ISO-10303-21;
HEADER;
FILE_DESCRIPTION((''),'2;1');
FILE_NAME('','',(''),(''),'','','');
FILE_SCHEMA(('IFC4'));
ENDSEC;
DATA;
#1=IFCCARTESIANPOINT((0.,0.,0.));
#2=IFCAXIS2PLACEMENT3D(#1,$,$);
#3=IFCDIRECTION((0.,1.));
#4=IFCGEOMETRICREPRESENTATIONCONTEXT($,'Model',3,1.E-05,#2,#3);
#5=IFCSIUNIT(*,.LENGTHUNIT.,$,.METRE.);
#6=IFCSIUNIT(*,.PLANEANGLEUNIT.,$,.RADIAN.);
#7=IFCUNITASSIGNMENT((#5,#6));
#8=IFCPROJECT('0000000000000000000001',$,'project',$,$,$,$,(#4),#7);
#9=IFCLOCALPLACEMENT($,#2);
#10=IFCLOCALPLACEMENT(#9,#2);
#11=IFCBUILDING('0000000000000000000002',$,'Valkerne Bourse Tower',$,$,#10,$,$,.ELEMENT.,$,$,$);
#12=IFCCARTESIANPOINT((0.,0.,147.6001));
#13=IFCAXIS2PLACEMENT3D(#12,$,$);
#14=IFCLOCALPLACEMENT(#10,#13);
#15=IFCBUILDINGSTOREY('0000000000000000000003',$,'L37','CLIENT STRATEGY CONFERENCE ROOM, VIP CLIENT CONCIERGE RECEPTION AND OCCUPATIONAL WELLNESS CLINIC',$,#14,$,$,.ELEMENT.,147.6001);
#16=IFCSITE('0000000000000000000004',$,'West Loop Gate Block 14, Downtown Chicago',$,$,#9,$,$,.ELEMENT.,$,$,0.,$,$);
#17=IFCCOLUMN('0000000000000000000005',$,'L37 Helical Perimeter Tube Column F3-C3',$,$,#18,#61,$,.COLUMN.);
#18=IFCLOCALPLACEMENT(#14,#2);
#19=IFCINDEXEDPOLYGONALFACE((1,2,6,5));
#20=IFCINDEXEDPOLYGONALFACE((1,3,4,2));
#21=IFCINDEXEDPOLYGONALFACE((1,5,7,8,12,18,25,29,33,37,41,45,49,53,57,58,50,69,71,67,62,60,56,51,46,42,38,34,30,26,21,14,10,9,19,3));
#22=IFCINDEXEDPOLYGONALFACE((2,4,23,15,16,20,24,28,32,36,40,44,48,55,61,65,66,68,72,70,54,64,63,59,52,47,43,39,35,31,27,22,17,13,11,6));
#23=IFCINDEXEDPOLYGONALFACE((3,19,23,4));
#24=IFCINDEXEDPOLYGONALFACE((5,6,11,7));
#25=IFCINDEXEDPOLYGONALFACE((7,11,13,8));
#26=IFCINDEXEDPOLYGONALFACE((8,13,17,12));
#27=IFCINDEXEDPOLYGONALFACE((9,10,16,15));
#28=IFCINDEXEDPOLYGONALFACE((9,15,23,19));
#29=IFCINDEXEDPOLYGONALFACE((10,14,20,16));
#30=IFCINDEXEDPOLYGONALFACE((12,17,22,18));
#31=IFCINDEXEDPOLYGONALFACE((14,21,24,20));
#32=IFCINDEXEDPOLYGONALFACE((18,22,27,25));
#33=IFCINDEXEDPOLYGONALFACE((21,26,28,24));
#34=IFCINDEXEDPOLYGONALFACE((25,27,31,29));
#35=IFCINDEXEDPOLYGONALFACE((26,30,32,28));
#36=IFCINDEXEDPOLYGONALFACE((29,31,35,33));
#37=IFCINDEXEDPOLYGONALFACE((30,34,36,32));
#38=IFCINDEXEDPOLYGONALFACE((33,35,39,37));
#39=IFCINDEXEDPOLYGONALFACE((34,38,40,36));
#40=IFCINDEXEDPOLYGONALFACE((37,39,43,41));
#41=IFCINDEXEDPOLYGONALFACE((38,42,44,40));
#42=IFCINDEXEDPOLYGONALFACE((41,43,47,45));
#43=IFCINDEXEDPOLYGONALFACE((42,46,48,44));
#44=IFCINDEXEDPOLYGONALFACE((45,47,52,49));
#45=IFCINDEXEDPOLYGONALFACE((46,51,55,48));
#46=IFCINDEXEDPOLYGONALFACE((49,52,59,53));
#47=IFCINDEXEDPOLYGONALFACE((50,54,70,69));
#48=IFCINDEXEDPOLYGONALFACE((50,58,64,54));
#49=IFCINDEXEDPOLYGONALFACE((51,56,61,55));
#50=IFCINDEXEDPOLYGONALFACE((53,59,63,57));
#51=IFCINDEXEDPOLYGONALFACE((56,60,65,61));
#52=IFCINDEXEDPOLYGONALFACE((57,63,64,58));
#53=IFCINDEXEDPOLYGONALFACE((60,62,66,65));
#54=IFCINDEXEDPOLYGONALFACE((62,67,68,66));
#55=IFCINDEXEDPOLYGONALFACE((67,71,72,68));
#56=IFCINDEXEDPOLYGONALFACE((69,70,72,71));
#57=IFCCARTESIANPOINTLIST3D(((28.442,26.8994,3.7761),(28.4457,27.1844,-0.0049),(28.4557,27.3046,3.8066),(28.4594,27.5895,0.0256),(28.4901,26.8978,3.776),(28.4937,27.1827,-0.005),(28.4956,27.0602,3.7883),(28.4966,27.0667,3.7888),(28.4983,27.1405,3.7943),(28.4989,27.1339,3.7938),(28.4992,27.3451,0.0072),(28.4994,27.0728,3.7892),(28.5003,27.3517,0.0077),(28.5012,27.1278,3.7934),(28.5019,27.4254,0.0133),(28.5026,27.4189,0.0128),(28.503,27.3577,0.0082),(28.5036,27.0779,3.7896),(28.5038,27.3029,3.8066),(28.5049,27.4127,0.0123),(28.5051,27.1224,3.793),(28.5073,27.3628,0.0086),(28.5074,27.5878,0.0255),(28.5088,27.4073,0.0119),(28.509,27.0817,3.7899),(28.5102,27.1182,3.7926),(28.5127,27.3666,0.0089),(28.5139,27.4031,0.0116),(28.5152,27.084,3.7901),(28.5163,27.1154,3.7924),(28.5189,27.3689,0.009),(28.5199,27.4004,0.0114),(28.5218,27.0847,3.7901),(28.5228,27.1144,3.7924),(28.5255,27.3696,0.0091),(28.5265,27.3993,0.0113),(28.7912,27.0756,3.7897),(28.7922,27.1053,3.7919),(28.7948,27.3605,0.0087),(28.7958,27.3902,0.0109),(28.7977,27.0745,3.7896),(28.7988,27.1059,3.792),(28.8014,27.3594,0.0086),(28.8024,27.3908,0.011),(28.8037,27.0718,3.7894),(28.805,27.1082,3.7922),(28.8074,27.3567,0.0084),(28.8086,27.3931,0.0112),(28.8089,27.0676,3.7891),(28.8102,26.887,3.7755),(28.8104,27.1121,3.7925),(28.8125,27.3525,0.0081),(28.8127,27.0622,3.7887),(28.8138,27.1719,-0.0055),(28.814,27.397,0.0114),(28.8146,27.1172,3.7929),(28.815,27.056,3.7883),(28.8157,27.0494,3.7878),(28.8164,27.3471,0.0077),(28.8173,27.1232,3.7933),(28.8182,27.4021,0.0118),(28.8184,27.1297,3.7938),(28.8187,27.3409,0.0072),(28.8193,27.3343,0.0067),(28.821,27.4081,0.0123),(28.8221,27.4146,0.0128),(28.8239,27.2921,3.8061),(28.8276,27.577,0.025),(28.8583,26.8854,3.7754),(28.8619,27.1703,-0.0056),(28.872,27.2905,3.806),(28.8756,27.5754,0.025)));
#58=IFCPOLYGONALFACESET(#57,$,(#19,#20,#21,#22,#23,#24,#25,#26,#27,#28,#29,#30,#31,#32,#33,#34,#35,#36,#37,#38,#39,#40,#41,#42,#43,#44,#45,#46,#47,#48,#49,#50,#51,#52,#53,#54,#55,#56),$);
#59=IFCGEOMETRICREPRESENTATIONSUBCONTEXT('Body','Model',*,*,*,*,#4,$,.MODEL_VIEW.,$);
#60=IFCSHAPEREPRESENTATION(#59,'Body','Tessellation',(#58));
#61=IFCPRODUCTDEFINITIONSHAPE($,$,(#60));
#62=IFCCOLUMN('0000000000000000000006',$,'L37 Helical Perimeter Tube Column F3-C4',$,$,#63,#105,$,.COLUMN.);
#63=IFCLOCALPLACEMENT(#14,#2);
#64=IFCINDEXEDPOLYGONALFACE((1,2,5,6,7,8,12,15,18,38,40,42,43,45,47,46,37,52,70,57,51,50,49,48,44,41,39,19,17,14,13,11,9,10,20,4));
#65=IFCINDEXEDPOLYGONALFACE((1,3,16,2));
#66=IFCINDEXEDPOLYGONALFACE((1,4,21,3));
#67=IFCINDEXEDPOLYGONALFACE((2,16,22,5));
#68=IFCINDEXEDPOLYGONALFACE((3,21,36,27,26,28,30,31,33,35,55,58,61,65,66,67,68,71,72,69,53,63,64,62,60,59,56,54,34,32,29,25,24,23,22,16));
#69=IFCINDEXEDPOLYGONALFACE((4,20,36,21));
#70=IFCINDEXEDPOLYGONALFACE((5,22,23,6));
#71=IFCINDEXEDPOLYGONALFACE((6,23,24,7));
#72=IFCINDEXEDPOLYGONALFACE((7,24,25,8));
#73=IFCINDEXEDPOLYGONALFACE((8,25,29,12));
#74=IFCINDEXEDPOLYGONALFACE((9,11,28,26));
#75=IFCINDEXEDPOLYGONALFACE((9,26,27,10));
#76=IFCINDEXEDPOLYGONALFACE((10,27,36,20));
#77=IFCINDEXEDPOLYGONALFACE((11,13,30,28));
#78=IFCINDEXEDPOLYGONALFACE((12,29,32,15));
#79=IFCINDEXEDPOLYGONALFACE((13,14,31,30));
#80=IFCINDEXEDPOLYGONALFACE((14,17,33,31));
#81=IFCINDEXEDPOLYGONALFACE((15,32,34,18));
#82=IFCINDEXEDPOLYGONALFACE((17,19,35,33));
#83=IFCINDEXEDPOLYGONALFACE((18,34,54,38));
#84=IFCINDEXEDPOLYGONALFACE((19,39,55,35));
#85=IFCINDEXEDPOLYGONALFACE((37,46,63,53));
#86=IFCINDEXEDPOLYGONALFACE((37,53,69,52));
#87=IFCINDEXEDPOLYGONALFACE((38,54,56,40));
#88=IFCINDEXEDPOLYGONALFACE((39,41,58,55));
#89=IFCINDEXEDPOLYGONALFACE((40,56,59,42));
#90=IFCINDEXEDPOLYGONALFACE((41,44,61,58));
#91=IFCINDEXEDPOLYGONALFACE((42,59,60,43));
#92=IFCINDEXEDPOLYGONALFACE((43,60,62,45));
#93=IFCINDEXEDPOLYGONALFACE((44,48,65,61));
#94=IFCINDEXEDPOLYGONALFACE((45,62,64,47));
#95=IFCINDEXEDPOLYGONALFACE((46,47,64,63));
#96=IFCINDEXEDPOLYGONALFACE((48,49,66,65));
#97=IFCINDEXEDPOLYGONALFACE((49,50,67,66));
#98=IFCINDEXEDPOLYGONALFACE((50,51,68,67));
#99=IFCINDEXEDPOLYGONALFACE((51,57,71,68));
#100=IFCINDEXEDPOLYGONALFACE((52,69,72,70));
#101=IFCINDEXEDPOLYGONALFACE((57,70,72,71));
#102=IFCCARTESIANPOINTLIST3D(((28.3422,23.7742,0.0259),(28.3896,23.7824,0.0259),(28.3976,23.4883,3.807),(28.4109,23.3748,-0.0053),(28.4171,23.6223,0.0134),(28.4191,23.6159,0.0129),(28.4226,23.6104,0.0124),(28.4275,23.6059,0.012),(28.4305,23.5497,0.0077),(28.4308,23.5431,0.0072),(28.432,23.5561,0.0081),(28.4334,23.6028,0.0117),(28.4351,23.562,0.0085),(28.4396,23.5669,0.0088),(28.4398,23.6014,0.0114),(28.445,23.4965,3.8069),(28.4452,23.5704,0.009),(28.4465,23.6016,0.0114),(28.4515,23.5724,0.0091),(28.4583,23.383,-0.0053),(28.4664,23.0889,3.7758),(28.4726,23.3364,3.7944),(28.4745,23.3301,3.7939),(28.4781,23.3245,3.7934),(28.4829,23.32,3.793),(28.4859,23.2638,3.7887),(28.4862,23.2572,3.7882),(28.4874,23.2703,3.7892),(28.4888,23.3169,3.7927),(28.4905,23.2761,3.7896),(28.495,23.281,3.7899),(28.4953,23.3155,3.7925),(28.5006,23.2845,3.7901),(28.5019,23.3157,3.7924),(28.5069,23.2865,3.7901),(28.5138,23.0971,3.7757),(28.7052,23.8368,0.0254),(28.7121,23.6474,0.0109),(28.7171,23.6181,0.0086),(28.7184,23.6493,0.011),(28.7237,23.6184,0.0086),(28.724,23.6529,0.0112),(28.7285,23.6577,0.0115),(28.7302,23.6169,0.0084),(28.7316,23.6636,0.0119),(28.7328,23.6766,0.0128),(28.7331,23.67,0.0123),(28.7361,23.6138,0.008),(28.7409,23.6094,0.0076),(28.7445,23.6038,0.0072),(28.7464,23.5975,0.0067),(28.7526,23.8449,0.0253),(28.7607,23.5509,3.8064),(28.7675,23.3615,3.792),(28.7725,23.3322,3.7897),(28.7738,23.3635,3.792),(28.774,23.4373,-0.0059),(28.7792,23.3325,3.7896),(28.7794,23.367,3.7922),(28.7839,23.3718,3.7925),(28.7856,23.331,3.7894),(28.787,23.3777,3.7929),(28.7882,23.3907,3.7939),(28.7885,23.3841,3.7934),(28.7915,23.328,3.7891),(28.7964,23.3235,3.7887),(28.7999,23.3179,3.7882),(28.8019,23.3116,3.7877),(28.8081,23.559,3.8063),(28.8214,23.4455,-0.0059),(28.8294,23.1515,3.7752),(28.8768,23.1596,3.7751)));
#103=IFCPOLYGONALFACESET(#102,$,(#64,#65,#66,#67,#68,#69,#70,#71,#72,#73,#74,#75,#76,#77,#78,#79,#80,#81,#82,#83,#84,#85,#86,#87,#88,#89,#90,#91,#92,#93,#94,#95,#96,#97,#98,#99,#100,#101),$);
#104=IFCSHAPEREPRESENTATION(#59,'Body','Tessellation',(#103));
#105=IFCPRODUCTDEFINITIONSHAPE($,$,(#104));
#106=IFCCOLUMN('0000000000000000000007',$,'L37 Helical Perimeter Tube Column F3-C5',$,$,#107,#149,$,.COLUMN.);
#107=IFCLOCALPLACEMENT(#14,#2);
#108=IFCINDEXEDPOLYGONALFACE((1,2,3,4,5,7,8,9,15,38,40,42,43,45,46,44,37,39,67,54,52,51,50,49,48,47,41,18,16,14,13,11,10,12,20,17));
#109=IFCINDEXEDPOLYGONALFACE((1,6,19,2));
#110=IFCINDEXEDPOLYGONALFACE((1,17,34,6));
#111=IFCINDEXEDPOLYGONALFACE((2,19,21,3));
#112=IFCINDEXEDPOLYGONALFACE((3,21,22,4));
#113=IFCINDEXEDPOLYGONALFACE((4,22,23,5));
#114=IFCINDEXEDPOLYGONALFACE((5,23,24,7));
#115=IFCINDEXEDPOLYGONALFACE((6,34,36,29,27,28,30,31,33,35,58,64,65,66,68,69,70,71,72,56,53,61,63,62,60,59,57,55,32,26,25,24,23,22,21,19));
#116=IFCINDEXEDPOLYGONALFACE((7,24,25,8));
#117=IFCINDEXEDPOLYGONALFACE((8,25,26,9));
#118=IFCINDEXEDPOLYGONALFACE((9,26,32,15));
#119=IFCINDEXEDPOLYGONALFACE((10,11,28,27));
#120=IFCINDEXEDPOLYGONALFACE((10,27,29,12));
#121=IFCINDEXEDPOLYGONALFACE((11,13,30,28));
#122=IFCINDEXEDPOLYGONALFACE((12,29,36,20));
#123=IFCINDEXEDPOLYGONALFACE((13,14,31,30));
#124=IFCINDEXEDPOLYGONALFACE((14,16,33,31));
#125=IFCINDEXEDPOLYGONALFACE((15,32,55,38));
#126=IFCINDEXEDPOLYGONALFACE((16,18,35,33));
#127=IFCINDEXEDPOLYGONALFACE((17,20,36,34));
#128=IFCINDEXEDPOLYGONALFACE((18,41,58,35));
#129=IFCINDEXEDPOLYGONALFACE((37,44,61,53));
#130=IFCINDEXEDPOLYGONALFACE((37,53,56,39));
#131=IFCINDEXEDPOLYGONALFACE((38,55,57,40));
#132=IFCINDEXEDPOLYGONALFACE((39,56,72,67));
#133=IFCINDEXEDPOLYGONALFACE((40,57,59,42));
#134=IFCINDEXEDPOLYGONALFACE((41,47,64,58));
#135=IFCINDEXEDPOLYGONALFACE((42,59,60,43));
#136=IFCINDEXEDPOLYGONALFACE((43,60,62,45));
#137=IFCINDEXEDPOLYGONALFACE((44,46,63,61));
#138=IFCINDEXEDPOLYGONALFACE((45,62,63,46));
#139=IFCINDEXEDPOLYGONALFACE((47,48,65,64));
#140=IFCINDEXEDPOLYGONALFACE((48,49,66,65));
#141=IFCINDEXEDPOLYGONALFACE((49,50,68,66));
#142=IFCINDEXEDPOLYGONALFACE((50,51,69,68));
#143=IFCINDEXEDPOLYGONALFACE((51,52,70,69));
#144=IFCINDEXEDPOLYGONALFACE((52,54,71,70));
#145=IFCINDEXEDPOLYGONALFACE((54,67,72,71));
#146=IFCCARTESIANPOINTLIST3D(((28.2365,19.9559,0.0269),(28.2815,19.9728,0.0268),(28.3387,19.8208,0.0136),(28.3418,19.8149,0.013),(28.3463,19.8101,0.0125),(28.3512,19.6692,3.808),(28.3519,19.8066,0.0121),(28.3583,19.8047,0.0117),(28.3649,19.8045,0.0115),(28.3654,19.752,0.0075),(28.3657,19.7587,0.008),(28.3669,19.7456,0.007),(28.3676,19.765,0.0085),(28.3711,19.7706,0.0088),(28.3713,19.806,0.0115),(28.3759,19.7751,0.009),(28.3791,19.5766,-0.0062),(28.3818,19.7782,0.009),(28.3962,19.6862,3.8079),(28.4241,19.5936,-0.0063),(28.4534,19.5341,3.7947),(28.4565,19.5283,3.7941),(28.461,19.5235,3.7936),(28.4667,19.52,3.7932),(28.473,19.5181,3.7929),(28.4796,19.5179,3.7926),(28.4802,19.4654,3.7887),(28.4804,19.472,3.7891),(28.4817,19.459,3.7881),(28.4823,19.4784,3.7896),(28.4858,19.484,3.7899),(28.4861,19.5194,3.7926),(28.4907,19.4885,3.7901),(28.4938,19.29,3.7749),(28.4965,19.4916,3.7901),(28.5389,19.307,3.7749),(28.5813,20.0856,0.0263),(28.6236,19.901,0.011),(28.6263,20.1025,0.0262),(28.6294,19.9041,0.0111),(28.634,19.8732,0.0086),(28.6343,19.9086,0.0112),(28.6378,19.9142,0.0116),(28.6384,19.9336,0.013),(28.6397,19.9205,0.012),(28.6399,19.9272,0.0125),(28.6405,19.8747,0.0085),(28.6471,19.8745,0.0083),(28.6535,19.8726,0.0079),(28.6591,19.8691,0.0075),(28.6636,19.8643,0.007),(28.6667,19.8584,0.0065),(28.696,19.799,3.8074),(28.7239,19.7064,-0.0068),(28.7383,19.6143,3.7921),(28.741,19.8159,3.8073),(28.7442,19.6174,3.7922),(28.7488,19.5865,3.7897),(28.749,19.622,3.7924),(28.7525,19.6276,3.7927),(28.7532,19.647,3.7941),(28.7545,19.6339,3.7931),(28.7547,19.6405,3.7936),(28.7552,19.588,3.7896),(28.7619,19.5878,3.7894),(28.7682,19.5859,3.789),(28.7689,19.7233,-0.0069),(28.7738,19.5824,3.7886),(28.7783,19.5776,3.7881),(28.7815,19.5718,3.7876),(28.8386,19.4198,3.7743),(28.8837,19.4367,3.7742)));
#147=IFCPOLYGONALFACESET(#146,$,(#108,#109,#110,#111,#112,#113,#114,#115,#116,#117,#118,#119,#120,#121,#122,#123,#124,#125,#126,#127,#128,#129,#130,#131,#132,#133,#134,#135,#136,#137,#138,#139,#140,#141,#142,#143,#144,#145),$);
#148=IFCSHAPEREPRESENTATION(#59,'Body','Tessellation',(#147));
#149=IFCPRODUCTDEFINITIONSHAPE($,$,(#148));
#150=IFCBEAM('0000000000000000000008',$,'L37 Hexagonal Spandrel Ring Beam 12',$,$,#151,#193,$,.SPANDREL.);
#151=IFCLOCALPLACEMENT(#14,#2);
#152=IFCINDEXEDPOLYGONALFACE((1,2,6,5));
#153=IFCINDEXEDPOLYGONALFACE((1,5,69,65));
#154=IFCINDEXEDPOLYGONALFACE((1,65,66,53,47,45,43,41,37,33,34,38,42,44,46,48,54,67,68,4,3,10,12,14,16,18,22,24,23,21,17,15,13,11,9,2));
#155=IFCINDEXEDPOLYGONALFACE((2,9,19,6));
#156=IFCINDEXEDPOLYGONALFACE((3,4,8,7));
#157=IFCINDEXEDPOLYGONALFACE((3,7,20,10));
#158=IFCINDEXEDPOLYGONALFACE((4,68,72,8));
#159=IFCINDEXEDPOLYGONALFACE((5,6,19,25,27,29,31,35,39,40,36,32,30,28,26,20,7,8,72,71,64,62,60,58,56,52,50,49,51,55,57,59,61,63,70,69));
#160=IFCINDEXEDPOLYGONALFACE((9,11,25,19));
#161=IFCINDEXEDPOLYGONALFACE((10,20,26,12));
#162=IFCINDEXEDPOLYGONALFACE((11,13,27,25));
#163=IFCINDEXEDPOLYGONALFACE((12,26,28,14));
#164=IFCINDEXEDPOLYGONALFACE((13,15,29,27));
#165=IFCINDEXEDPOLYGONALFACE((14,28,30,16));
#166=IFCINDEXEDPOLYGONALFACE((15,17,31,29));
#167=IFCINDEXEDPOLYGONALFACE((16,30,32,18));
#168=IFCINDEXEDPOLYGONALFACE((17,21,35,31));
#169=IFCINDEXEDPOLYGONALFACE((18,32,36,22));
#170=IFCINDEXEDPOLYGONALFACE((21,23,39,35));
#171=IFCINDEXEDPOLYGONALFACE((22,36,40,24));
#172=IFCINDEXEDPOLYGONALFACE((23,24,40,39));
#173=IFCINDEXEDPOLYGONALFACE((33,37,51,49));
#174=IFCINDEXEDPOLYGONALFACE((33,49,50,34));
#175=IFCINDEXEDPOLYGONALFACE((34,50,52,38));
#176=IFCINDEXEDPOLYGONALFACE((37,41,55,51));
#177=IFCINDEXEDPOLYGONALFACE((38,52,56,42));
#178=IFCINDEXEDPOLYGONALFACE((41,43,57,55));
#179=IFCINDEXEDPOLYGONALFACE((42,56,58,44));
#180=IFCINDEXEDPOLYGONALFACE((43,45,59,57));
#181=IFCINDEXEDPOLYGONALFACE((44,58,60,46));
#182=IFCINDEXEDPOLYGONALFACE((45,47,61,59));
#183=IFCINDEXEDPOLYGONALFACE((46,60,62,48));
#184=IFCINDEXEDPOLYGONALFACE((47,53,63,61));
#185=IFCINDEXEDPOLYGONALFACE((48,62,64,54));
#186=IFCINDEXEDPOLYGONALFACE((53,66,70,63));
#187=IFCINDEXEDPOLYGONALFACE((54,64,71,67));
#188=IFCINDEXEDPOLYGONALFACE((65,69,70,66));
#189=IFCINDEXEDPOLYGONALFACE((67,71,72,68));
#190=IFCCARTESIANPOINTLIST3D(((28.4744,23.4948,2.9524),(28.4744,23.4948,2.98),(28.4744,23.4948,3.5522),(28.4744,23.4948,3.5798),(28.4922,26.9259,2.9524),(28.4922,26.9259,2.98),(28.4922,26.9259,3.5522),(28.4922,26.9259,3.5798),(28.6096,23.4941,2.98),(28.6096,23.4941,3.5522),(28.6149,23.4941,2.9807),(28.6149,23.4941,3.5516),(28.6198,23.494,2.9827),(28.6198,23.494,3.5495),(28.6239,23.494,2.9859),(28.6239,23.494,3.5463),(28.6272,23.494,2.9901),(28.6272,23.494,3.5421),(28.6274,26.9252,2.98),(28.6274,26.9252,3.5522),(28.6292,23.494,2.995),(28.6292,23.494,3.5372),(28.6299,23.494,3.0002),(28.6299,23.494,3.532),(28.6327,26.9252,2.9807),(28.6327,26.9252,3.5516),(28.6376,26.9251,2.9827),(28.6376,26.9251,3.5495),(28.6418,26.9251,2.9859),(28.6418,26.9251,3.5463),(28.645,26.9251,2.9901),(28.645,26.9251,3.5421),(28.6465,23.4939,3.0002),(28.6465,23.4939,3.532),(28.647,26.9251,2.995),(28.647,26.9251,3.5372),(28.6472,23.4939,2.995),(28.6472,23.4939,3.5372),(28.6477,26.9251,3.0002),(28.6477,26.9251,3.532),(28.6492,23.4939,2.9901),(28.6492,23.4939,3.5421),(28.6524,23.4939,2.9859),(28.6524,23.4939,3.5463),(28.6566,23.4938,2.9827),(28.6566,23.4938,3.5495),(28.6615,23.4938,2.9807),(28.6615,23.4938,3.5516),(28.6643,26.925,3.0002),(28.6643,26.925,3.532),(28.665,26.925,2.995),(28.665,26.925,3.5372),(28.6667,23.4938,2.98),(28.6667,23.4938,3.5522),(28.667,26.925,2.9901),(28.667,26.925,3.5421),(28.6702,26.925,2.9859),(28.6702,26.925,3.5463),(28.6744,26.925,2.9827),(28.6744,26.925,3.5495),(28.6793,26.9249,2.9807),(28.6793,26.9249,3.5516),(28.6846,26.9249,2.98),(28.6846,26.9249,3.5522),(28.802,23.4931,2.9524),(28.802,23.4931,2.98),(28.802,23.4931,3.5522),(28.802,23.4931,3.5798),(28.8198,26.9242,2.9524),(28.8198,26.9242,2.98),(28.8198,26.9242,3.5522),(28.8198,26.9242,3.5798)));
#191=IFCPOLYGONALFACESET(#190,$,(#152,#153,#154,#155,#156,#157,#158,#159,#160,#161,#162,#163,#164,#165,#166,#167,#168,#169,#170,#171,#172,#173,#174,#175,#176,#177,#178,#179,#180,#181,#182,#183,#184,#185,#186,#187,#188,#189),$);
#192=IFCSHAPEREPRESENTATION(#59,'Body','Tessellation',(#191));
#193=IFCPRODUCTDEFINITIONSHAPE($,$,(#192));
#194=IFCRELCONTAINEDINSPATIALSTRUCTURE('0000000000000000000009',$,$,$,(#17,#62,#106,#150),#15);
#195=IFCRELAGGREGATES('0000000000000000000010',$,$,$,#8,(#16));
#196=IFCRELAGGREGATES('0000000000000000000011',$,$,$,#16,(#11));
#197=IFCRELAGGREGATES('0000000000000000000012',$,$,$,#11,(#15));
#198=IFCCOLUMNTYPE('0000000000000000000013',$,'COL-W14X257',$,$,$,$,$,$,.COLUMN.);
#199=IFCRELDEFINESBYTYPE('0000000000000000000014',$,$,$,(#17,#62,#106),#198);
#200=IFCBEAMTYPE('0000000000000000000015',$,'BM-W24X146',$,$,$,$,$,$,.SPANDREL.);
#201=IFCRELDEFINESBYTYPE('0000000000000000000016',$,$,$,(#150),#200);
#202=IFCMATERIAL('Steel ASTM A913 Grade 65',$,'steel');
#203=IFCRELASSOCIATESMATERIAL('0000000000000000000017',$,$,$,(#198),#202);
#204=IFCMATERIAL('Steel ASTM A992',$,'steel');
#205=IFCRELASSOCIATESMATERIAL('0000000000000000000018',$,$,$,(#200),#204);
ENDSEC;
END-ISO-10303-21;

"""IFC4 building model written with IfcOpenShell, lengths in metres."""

from ifc_helpers import new_model, si_unit, direction, frame, origin, origin_2d, place, context, subcontext, project, spatial, i_section, extrude, material, material_profile, profile_set, type_object, element, save


model = new_model("IFC4")

# Units and contexts
model_context = context("Model", 3, precision=1e-05, world=origin(), true_north=direction((0.0, 1.0)))
body_context = subcontext(model_context, "Body", "Model", "MODEL_VIEW")
ifc_project = project(units=[si_unit("LENGTHUNIT", "METRE"), si_unit("PLANEANGLEUNIT", "RADIAN")], contexts=[model_context])

# Site, building, storey
site_placement = place(None, origin())
site = spatial("IfcSite", under=ifc_project, at=site_placement, Name="West Loop Gate Block 14, Downtown Chicago", CompositionType="ELEMENT", RefElevation=0.0)
building_placement = place(site_placement, origin())
building = spatial("IfcBuilding", under=site, at=building_placement, Name="Valkerne Bourse Tower", CompositionType="ELEMENT")
storey_placement = place(building_placement, frame((0.0, 0.0, 147.6001)))
storey = spatial("IfcBuildingStorey", under=building, at=storey_placement, Name="L37", Description="CLIENT STRATEGY CONFERENCE ROOM, VIP CLIENT CONCIERGE RECEPTION AND OCCUPATIONAL WELLNESS CLINIC", CompositionType="ELEMENT", Elevation=147.6001)

# Columns
ifc_material_1 = material(Name="Steel ASTM A913 Grade 65", Category="steel")
ifc_material_profile_1 = material_profile(ifc_material_1, i_section(OverallWidth=0.4065, OverallDepth=0.4165, WebThickness=0.0298, FlangeThickness=0.0481, FilletRadius=0.0254, at=origin_2d()), Name="W14X257")
ifc_profile_set_1 = profile_set([ifc_material_profile_1], Name="Steel ASTM A913 Grade 65")
column_type = type_object("IfcColumnType", Name="COL-W14X257", PredefinedType="COLUMN", material=ifc_profile_set_1)
column_1_placement = place(storey_placement, frame((28.6606, 27.3799, 0.01), z_axis=(-0.000966, -0.07514, 0.997172), x_axis=(-0.033754, -0.996602, -0.07513)))
element("IfcColumn", 1, at=column_1_placement, inside=storey, type_object=column_type, Name="L37 Helical Perimeter Tube Column F3-C3", PredefinedType="COLUMN", context=body_context, shape_type="SweptSolid", body=[
    extrude(i_section(OverallWidth=0.4065, OverallDepth=0.4165, WebThickness=0.0298, FlangeThickness=0.0481, FilletRadius=0.0254, at=origin_2d()), origin(), (0.0, 0.0, 1.0), 3.7917),
])
column_2_placement = place(storey_placement, frame((28.5818, 23.6099, 0.01), z_axis=(0.014614, -0.075389, 0.997047), x_axis=(0.169145, -0.982596, -0.076775)))
element("IfcColumn", 2, at=column_2_placement, inside=storey, type_object=column_type, Name="L37 Helical Perimeter Tube Column F3-C4", PredefinedType="COLUMN", context=body_context, shape_type="SweptSolid", body=[
    extrude(i_section(OverallWidth=0.4065, OverallDepth=0.4165, WebThickness=0.0298, FlangeThickness=0.0481, FilletRadius=0.0254, at=origin_2d()), origin(), (0.0, 0.0, 1.0), 3.7922),
])
column_3_placement = place(storey_placement, frame((28.5027, 19.8396, 0.01), z_axis=(0.030247, -0.075554, 0.996683), x_axis=(0.350907, -0.932869, -0.081366)))
element("IfcColumn", 3, at=column_3_placement, inside=storey, type_object=column_type, Name="L37 Helical Perimeter Tube Column F3-C5", PredefinedType="COLUMN", context=body_context, shape_type="SweptSolid", body=[
    extrude(i_section(OverallWidth=0.4065, OverallDepth=0.4165, WebThickness=0.0298, FlangeThickness=0.0481, FilletRadius=0.0254, at=origin_2d()), origin(), (0.0, 0.0, 1.0), 3.7937),
])

# Beam
ifc_material_2 = material(Name="Steel ASTM A992", Category="steel")
ifc_material_profile_2 = material_profile(ifc_material_2, i_section(OverallWidth=0.3276, OverallDepth=0.6274, WebThickness=0.0166, FlangeThickness=0.0276, FilletRadius=0.0203, at=origin_2d()), Name="W24X146")
ifc_profile_set_2 = profile_set([ifc_material_profile_2], Name="Steel ASTM A992")
beam_type_1 = type_object("IfcBeamType", Name="BM-W24X146", PredefinedType="SPANDREL", material=ifc_profile_set_2)
beam_1_placement = place(storey_placement, frame((28.656, 26.925, 3.2661), z_axis=(-0.005194, -0.999987, 0.0), x_axis=(0.999987, -0.005194, 0.0)))
element("IfcBeam", 4, at=beam_1_placement, inside=storey, type_object=beam_type_1, Name="L37 Hexagonal Spandrel Ring Beam 12", PredefinedType="SPANDREL", context=body_context, shape_type="SweptSolid", body=[
    extrude(i_section(OverallWidth=0.3276, OverallDepth=0.6274, WebThickness=0.0166, FlangeThickness=0.0276, FilletRadius=0.0203, at=origin_2d()), origin(), (0.0, 0.0, 1.0), 3.4312),
])

save(model, "model.ifc")
